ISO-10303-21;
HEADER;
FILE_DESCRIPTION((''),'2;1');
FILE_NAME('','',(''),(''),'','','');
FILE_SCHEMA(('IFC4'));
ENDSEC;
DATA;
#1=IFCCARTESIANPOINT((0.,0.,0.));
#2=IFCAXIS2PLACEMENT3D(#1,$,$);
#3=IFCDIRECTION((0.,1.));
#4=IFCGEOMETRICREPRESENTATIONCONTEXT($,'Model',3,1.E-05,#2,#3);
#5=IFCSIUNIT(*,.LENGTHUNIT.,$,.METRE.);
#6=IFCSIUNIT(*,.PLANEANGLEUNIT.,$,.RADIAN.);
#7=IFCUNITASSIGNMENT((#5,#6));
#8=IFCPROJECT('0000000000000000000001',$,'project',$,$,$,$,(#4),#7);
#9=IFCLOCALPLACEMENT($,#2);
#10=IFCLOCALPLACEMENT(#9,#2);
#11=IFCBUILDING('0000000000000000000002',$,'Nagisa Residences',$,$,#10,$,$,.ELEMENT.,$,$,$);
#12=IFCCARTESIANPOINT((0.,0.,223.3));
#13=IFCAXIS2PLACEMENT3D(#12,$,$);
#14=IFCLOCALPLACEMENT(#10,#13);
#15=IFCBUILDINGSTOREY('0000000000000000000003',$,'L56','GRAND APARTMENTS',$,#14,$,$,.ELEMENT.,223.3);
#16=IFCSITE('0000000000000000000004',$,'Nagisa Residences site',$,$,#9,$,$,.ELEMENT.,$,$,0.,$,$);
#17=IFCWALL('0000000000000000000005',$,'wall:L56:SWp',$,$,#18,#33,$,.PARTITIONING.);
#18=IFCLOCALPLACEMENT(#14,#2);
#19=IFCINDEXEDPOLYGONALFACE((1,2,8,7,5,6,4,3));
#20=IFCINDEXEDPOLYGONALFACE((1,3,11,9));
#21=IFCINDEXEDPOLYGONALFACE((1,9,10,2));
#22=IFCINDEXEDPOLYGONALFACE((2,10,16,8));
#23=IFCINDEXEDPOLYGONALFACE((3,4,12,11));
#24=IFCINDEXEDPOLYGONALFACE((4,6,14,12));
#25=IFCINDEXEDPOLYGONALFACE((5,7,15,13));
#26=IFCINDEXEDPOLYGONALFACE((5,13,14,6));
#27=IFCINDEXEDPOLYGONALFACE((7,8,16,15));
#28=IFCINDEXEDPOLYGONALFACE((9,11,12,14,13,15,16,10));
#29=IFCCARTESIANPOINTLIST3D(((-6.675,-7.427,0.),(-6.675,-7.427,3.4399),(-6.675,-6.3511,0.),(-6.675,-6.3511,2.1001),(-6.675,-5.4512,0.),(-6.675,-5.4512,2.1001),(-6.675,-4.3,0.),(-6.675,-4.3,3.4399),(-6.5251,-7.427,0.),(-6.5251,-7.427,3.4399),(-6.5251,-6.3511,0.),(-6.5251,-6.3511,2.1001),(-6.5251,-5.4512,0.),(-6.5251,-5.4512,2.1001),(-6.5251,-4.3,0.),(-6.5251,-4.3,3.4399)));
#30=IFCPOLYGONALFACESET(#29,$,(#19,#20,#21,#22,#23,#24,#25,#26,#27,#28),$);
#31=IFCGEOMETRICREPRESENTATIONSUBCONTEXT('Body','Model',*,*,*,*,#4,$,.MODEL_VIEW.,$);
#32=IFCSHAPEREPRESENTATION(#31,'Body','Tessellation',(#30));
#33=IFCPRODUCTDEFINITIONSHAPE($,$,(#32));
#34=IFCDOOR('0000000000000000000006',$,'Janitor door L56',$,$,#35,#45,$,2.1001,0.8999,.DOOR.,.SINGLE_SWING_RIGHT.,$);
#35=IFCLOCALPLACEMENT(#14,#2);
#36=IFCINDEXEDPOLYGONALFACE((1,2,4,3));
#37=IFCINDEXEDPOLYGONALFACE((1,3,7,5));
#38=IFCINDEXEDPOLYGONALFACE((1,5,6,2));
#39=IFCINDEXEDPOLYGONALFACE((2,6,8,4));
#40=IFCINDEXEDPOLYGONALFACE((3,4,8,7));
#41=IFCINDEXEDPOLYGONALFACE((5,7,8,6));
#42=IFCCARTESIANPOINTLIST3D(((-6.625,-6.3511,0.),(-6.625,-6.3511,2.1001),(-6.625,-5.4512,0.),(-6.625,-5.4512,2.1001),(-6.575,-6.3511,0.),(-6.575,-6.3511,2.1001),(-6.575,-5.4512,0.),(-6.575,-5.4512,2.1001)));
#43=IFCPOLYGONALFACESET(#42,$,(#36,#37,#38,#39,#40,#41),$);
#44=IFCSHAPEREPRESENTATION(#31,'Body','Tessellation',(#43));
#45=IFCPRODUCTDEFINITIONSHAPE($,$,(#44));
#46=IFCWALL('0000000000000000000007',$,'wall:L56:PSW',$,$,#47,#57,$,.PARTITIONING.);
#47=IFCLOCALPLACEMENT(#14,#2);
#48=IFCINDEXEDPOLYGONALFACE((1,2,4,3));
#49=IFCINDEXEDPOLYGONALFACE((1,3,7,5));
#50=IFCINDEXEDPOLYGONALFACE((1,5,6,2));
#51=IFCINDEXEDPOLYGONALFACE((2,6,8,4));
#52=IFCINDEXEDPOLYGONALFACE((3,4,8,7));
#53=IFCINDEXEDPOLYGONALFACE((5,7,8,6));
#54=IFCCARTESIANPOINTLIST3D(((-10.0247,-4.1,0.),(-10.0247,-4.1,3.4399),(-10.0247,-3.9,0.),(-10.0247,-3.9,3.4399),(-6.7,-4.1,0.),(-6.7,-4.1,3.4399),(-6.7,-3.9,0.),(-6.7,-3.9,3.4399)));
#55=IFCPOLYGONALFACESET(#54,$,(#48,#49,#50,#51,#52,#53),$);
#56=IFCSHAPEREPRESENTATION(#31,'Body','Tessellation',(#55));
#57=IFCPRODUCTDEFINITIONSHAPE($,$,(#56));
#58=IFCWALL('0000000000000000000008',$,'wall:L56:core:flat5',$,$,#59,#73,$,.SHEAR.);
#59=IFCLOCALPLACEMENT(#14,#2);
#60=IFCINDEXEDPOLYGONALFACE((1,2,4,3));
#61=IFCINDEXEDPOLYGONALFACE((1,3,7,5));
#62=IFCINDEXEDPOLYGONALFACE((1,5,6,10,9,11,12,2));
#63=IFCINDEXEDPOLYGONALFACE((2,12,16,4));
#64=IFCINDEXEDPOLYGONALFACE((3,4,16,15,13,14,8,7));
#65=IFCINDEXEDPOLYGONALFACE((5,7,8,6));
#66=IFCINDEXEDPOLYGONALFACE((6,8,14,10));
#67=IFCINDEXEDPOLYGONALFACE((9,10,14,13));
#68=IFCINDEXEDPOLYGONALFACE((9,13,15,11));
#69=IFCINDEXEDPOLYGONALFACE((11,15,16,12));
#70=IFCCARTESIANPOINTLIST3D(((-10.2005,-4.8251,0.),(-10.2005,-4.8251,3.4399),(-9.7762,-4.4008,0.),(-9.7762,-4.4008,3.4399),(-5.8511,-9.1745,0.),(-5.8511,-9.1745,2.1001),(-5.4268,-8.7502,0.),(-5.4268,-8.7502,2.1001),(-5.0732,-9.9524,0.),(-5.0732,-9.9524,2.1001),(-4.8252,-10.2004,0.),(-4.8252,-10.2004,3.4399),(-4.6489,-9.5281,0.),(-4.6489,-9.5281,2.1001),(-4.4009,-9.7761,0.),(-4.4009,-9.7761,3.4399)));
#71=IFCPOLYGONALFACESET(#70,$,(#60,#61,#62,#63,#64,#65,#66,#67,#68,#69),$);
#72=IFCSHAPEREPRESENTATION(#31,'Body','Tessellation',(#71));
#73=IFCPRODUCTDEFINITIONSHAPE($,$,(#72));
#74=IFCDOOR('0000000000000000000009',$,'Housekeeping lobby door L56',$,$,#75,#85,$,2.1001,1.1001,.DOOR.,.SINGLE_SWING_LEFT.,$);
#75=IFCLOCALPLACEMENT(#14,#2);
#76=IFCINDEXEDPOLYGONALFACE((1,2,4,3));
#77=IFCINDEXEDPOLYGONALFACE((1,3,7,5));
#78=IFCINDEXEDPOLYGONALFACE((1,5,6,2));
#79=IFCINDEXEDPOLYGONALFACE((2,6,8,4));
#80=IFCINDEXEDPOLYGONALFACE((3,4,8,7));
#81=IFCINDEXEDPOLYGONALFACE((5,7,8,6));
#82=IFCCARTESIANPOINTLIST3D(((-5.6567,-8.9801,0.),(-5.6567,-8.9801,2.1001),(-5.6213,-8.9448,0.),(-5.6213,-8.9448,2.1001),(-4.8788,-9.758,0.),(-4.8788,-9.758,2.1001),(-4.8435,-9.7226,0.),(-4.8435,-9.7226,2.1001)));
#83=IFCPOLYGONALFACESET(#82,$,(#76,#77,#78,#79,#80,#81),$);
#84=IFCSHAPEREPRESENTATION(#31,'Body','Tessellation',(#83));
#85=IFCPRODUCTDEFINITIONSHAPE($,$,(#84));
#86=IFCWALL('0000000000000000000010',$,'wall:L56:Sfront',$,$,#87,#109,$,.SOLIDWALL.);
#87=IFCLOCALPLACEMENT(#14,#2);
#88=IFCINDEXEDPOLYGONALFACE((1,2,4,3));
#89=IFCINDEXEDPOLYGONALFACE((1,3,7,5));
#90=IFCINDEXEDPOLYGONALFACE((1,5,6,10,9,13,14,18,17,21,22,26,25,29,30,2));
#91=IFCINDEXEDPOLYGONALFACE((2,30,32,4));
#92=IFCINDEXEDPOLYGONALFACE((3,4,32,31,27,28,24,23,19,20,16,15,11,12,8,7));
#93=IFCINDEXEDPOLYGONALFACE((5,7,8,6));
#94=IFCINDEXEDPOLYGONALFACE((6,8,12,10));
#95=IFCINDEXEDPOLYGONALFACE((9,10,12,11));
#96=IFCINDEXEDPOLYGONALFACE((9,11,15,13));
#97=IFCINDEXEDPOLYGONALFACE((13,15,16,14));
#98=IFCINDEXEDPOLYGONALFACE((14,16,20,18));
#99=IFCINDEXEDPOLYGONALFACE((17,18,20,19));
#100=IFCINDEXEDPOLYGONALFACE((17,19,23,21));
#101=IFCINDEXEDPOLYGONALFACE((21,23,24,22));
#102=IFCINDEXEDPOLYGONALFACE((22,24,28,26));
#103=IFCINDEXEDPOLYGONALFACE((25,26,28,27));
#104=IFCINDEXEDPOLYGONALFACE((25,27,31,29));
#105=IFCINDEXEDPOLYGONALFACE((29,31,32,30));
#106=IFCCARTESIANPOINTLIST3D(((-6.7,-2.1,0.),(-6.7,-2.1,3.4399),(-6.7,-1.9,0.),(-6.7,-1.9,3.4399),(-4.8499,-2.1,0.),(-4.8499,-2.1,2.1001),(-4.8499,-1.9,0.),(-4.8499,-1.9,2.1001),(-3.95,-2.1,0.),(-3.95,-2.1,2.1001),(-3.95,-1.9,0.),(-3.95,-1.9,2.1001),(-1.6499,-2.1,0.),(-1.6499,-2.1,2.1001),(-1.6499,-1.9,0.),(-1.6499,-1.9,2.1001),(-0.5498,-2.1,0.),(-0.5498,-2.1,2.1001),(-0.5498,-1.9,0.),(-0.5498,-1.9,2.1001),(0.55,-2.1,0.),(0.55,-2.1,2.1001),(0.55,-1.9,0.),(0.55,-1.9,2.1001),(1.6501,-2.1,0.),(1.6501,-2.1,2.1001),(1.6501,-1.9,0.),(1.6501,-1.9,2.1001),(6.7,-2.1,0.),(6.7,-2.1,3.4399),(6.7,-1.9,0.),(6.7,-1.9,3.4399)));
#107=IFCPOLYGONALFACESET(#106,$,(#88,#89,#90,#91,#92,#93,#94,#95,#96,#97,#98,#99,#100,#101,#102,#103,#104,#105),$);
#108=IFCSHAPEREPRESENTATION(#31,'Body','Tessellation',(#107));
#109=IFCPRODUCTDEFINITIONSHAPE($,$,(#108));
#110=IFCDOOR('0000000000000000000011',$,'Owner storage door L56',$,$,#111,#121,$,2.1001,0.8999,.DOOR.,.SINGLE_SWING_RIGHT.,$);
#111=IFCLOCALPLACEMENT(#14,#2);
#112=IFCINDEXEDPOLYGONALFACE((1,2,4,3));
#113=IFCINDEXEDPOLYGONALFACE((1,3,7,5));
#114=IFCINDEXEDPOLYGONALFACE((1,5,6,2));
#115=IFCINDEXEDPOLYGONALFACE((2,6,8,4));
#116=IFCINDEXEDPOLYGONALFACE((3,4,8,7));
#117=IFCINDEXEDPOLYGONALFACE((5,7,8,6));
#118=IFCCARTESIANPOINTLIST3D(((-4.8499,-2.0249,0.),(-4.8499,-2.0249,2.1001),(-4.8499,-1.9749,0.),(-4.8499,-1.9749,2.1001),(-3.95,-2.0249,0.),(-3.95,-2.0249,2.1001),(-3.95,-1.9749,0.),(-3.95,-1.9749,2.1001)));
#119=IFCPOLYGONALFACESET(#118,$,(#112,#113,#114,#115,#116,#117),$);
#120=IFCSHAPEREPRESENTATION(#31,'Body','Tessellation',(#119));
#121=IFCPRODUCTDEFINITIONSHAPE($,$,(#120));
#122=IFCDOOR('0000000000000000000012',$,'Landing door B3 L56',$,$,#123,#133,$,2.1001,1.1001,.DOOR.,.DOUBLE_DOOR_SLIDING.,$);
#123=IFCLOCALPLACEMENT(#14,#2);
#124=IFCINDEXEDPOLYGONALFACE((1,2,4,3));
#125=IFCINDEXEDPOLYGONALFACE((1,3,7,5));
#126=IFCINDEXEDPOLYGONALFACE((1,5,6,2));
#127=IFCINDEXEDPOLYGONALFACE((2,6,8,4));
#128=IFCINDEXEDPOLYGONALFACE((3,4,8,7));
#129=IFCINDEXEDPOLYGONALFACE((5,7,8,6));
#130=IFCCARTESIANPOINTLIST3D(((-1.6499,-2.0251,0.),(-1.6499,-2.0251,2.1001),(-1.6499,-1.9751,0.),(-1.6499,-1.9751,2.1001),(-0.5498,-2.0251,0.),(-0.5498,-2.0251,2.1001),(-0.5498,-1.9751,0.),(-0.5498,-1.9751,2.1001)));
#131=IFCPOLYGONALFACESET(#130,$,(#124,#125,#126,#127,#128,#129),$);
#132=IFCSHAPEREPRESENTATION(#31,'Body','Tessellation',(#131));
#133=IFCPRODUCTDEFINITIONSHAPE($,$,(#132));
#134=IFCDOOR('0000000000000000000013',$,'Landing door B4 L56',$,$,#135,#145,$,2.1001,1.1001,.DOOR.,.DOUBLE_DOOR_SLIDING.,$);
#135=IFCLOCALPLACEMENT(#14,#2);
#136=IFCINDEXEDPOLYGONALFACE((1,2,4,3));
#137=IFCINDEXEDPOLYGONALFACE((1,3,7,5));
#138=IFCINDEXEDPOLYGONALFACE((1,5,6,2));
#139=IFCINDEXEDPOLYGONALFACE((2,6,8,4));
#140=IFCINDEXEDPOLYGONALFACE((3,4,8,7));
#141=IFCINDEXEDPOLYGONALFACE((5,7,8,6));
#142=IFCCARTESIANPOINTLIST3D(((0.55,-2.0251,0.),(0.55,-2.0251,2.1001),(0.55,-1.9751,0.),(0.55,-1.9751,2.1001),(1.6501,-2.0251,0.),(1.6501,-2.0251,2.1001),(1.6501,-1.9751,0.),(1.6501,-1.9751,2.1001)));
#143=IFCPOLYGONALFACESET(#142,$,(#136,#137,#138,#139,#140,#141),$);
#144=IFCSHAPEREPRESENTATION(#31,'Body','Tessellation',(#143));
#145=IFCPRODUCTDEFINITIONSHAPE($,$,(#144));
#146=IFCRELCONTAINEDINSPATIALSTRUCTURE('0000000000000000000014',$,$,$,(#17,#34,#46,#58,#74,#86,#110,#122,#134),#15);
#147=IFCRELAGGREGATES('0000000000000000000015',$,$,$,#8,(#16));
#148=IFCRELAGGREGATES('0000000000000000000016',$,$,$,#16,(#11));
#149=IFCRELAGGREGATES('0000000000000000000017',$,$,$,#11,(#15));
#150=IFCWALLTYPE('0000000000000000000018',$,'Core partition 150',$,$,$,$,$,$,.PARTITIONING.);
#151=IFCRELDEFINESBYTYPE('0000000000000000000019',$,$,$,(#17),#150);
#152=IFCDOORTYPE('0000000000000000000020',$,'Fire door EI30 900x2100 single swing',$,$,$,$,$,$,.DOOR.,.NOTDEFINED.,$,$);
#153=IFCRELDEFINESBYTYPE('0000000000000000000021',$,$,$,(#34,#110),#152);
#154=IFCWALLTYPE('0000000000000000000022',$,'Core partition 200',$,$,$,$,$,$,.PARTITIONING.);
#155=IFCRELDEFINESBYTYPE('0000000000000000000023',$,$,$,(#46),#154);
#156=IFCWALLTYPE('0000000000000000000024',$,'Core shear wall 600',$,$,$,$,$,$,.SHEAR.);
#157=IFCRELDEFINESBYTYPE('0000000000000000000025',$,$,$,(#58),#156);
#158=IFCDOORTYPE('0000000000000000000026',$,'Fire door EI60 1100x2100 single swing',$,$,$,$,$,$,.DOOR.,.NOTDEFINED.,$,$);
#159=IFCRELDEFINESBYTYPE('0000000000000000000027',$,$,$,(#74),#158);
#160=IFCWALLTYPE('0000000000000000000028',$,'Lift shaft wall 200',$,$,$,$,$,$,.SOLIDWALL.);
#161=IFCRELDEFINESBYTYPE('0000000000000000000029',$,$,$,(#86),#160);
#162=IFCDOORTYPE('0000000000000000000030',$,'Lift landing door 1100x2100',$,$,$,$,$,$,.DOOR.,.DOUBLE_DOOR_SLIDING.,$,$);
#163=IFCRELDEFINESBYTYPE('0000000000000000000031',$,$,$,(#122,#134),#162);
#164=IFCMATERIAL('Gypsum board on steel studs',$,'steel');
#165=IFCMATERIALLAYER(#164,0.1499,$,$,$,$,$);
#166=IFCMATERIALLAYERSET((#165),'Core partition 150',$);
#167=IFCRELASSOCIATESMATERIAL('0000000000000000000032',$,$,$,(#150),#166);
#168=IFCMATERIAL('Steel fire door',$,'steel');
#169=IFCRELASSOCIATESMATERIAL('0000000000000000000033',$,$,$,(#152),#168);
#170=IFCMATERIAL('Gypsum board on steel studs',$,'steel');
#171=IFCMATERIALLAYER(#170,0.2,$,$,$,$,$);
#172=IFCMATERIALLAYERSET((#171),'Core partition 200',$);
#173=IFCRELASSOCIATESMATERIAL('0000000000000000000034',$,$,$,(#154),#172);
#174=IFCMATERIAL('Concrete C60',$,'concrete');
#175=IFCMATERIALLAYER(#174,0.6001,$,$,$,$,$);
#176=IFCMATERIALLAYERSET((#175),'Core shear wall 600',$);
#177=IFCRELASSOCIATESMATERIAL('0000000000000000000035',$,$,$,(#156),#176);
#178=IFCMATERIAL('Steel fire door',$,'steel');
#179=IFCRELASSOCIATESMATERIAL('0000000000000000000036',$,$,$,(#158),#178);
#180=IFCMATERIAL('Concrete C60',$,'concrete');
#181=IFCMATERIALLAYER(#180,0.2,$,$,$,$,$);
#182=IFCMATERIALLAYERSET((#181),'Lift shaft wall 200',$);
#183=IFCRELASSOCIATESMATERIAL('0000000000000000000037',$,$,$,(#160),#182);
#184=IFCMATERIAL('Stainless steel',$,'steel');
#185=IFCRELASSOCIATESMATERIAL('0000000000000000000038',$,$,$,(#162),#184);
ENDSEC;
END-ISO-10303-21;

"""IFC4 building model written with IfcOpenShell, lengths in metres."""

from ifc_helpers import new_model, si_unit, direction, frame, frame_2d, origin, place, context, subcontext, project, spatial, rectangle, extrude, material, layer, layer_set, type_object, element, fill, save


model = new_model("IFC4")

# Units and contexts
model_context = context("Model", 3, precision=1e-05, world=origin(), true_north=direction((0.0, 1.0)))
body_context = subcontext(model_context, "Body", "Model", "MODEL_VIEW")
ifc_project = project(units=[si_unit("LENGTHUNIT", "METRE"), si_unit("PLANEANGLEUNIT", "RADIAN")], contexts=[model_context])

# Site, building, storey
site_placement = place(None, origin())
site = spatial("IfcSite", under=ifc_project, at=site_placement, Name="Nagisa Residences site", CompositionType="ELEMENT", RefElevation=0.0)
building_placement = place(site_placement, origin())
building = spatial("IfcBuilding", under=site, at=building_placement, Name="Nagisa Residences", CompositionType="ELEMENT")
storey_placement = place(building_placement, frame((0.0, 0.0, 223.3)))
storey = spatial("IfcBuildingStorey", under=building, at=storey_placement, Name="L56", Description="GRAND APARTMENTS", CompositionType="ELEMENT", Elevation=223.3)

# Wall, opening, door
ifc_material_1 = material(Name="Gypsum board on steel studs", Category="steel")
ifc_layer_1 = layer(ifc_material_1, 0.1499)
ifc_layer_set_1 = layer_set([ifc_layer_1], Name="Core partition 150")
wall_type_1 = type_object("IfcWallType", Name="Core partition 150", PredefinedType="PARTITIONING", material=ifc_layer_set_1)
wall_1_placement = place(storey_placement, frame((-6.6001, -7.427, 0.0), z_axis=(0.0, 0.0, 1.0), x_axis=(0.0, 1.0, 0.0)))
wall_1 = element("IfcWall", 1, at=wall_1_placement, inside=storey, type_object=wall_type_1, Name="wall:L56:SWp", PredefinedType="PARTITIONING", context=body_context, shape_type="SweptSolid", body=[
    extrude(rectangle(XDim=3.127, YDim=0.1499, at=frame_2d((1.5635, 0.0))), origin(), (0.0, 0.0, 1.0), 3.4399),
])
opening_1_placement = place(wall_1_placement, frame((1.0759, 0.0, 0.0)))
opening_1 = element("IfcOpeningElement", 2, at=opening_1_placement, cuts=wall_1, PredefinedType="OPENING", context=body_context, shape_type="SweptSolid", body=[
    extrude(rectangle(XDim=0.8999, YDim=2.1001, at=frame_2d((0.45, 1.05))), frame((0.0, 0.085, 0.0), z_axis=(0.0, -1.0, 0.0), x_axis=(1.0, 0.0, 0.0)), (0.0, 0.0, 1.0), 0.1699),
])
ifc_material_2 = material(Name="Steel fire door", Category="steel")
door_type_1 = type_object("IfcDoorType", Name="Fire door EI30 900x2100 single swing", OperationType="NOTDEFINED", PredefinedType="DOOR", material=ifc_material_2)
door_1_placement = place(opening_1_placement, origin())
door_1 = element("IfcDoor", 3, at=door_1_placement, inside=storey, type_object=door_type_1, Name="Janitor door L56", OperationType="SINGLE_SWING_RIGHT", OverallHeight=2.1001, OverallWidth=0.8999, PredefinedType="DOOR", context=body_context, shape_type="SweptSolid", body=[
    extrude(rectangle(XDim=0.8999, YDim=2.1001, at=frame_2d((0.45, 1.05))), frame((0.0, 0.0249, 0.0), z_axis=(0.0, -1.0, 0.0), x_axis=(1.0, 0.0, 0.0)), (0.0, 0.0, 1.0), 0.05),
])
fill(opening_1, door_1)

# Wall
ifc_material_3 = material(Name="Gypsum board on steel studs", Category="steel")
ifc_layer_2 = layer(ifc_material_3, 0.2)
ifc_layer_set_2 = layer_set([ifc_layer_2], Name="Core partition 200")
wall_type_2 = type_object("IfcWallType", Name="Core partition 200", PredefinedType="PARTITIONING", material=ifc_layer_set_2)
wall_2_placement = place(storey_placement, frame((-10.0247, -4.0, 0.0), z_axis=(0.0, 0.0, 1.0), x_axis=(1.0, 0.0, 0.0)))
element("IfcWall", 4, at=wall_2_placement, inside=storey, type_object=wall_type_2, Name="wall:L56:PSW", PredefinedType="PARTITIONING", context=body_context, shape_type="SweptSolid", body=[
    extrude(rectangle(XDim=3.3247, YDim=0.2, at=frame_2d((1.6624, 0.0))), origin(), (0.0, 0.0, 1.0), 3.4399),
])

# Wall, opening, door
ifc_material_4 = material(Name="Concrete C60", Category="concrete")
ifc_layer_3 = layer(ifc_material_4, 0.6001)
ifc_layer_set_3 = layer_set([ifc_layer_3], Name="Core shear wall 600")
wall_type_3 = type_object("IfcWallType", Name="Core shear wall 600", PredefinedType="SHEAR", material=ifc_layer_set_3)
wall_3_placement = place(storey_placement, frame((-9.9883, -4.613, 0.0), z_axis=(0.0, 0.0, 1.0), x_axis=(0.707107, -0.707107, 0.0)))
wall_3 = element("IfcWall", 5, at=wall_3_placement, inside=storey, type_object=wall_type_3, Name="wall:L56:core:flat5", PredefinedType="SHEAR", context=body_context, shape_type="SweptSolid", body=[
    extrude(rectangle(XDim=7.6018, YDim=0.6001, at=frame_2d((3.8008, 0.0))), origin(), (0.0, 0.0, 1.0), 3.4399),
])
opening_2_placement = place(wall_3_placement, frame((6.1509, 0.0, 0.0)))
opening_2 = element("IfcOpeningElement", 6, at=opening_2_placement, cuts=wall_3, PredefinedType="OPENING", context=body_context, shape_type="SweptSolid", body=[
    extrude(rectangle(XDim=1.1001, YDim=2.1001, at=frame_2d((0.55, 1.05))), frame((0.0, 0.3101, 0.0), z_axis=(0.0, -1.0, 0.0), x_axis=(1.0, 0.0, 0.0)), (0.0, 0.0, 1.0), 0.6201),
])
ifc_material_5 = material(Name="Steel fire door", Category="steel")
door_type_2 = type_object("IfcDoorType", Name="Fire door EI60 1100x2100 single swing", OperationType="NOTDEFINED", PredefinedType="DOOR", material=ifc_material_5)
door_2_placement = place(opening_2_placement, origin())
door_2 = element("IfcDoor", 7, at=door_2_placement, inside=storey, type_object=door_type_2, Name="Housekeeping lobby door L56", OperationType="SINGLE_SWING_LEFT", OverallHeight=2.1001, OverallWidth=1.1001, PredefinedType="DOOR", context=body_context, shape_type="SweptSolid", body=[
    extrude(rectangle(XDim=1.1001, YDim=2.1001, at=frame_2d((0.55, 1.05))), frame((0.0, 0.0249, 0.0), z_axis=(0.0, -1.0, 0.0), x_axis=(1.0, 0.0, 0.0)), (0.0, 0.0, 1.0), 0.05),
])
fill(opening_2, door_2)

# Wall, openings, doors
ifc_material_6 = material(Name="Concrete C60", Category="concrete")
ifc_layer_4 = layer(ifc_material_6, 0.2)
ifc_layer_set_4 = layer_set([ifc_layer_4], Name="Lift shaft wall 200")
wall_type_4 = type_object("IfcWallType", Name="Lift shaft wall 200", PredefinedType="SOLIDWALL", material=ifc_layer_set_4)
wall_4_placement = place(storey_placement, frame((-6.7, -2.0, 0.0), z_axis=(0.0, 0.0, 1.0), x_axis=(1.0, 0.0, 0.0)))
wall_4 = element("IfcWall", 8, at=wall_4_placement, inside=storey, type_object=wall_type_4, Name="wall:L56:Sfront", PredefinedType="SOLIDWALL", context=body_context, shape_type="SweptSolid", body=[
    extrude(rectangle(XDim=13.3999, YDim=0.2, at=frame_2d((6.7, 0.0))), origin(), (0.0, 0.0, 1.0), 3.4399),
])
opening_3_placement = place(wall_4_placement, frame((5.05, 0.0, 0.0)))
opening_3 = element("IfcOpeningElement", 9, at=opening_3_placement, cuts=wall_4, PredefinedType="OPENING", context=body_context, shape_type="SweptSolid", body=[
    extrude(rectangle(XDim=1.1001, YDim=2.1001, at=frame_2d((0.55, 1.05))), frame((0.0, 0.1099, 0.0), z_axis=(0.0, -1.0, 0.0), x_axis=(1.0, 0.0, 0.0)), (0.0, 0.0, 1.0), 0.22),
])
opening_4_placement = place(wall_4_placement, frame((7.25, 0.0, 0.0)))
opening_4 = element("IfcOpeningElement", 10, at=opening_4_placement, cuts=wall_4, PredefinedType="OPENING", context=body_context, shape_type="SweptSolid", body=[
    extrude(rectangle(XDim=1.1001, YDim=2.1001, at=frame_2d((0.55, 1.05))), frame((0.0, 0.1099, 0.0), z_axis=(0.0, -1.0, 0.0), x_axis=(1.0, 0.0, 0.0)), (0.0, 0.0, 1.0), 0.22),
])
opening_5_placement = place(wall_4_placement, frame((1.8501, 0.0, 0.0)))
opening_5 = element("IfcOpeningElement", 11, at=opening_5_placement, cuts=wall_4, PredefinedType="OPENING", context=body_context, shape_type="SweptSolid", body=[
    extrude(rectangle(XDim=0.8999, YDim=2.1001, at=frame_2d((0.45, 1.05))), frame((0.0, 0.1099, 0.0), z_axis=(0.0, -1.0, 0.0), x_axis=(1.0, 0.0, 0.0)), (0.0, 0.0, 1.0), 0.22),
])
door_3_placement = place(opening_5_placement, frame((0.8999, 0.0, 0.0), x_axis=(-1.0, 0.0, 0.0)))
door_3 = element("IfcDoor", 12, at=door_3_placement, inside=storey, type_object=door_type_1, Name="Owner storage door L56", OperationType="SINGLE_SWING_RIGHT", OverallHeight=2.1001, OverallWidth=0.8999, PredefinedType="DOOR", context=body_context, shape_type="SweptSolid", body=[
    extrude(rectangle(XDim=0.8999, YDim=2.1001, at=frame_2d((0.45, 1.05))), frame((0.0, 0.0249, 0.0), z_axis=(0.0, -1.0, 0.0), x_axis=(1.0, 0.0, 0.0)), (0.0, 0.0, 1.0), 0.05),
])
fill(opening_5, door_3)
ifc_material_7 = material(Name="Stainless steel", Category="steel")
door_type_3 = type_object("IfcDoorType", Name="Lift landing door 1100x2100", OperationType="DOUBLE_DOOR_SLIDING", PredefinedType="DOOR", material=ifc_material_7)
door_4_placement = place(opening_3_placement, origin())
door_4 = element("IfcDoor", 13, at=door_4_placement, inside=storey, type_object=door_type_3, Name="Landing door B3 L56", OperationType="DOUBLE_DOOR_SLIDING", OverallHeight=2.1001, OverallWidth=1.1001, PredefinedType="DOOR", context=body_context, shape_type="SweptSolid", body=[
    extrude(rectangle(XDim=1.1001, YDim=2.1001, at=frame_2d((0.55, 1.05))), frame((0.0, 0.0249, 0.0), z_axis=(0.0, -1.0, 0.0), x_axis=(1.0, 0.0, 0.0)), (0.0, 0.0, 1.0), 0.05),
])
fill(opening_3, door_4)
door_5_placement = place(opening_4_placement, origin())
door_5 = element("IfcDoor", 14, at=door_5_placement, inside=storey, type_object=door_type_3, Name="Landing door B4 L56", OperationType="DOUBLE_DOOR_SLIDING", OverallHeight=2.1001, OverallWidth=1.1001, PredefinedType="DOOR", context=body_context, shape_type="SweptSolid", body=[
    extrude(rectangle(XDim=1.1001, YDim=2.1001, at=frame_2d((0.55, 1.05))), frame((0.0, 0.0249, 0.0), z_axis=(0.0, -1.0, 0.0), x_axis=(1.0, 0.0, 0.0)), (0.0, 0.0, 1.0), 0.05),
])
fill(opening_4, door_5)

save(model, "model.ifc")
